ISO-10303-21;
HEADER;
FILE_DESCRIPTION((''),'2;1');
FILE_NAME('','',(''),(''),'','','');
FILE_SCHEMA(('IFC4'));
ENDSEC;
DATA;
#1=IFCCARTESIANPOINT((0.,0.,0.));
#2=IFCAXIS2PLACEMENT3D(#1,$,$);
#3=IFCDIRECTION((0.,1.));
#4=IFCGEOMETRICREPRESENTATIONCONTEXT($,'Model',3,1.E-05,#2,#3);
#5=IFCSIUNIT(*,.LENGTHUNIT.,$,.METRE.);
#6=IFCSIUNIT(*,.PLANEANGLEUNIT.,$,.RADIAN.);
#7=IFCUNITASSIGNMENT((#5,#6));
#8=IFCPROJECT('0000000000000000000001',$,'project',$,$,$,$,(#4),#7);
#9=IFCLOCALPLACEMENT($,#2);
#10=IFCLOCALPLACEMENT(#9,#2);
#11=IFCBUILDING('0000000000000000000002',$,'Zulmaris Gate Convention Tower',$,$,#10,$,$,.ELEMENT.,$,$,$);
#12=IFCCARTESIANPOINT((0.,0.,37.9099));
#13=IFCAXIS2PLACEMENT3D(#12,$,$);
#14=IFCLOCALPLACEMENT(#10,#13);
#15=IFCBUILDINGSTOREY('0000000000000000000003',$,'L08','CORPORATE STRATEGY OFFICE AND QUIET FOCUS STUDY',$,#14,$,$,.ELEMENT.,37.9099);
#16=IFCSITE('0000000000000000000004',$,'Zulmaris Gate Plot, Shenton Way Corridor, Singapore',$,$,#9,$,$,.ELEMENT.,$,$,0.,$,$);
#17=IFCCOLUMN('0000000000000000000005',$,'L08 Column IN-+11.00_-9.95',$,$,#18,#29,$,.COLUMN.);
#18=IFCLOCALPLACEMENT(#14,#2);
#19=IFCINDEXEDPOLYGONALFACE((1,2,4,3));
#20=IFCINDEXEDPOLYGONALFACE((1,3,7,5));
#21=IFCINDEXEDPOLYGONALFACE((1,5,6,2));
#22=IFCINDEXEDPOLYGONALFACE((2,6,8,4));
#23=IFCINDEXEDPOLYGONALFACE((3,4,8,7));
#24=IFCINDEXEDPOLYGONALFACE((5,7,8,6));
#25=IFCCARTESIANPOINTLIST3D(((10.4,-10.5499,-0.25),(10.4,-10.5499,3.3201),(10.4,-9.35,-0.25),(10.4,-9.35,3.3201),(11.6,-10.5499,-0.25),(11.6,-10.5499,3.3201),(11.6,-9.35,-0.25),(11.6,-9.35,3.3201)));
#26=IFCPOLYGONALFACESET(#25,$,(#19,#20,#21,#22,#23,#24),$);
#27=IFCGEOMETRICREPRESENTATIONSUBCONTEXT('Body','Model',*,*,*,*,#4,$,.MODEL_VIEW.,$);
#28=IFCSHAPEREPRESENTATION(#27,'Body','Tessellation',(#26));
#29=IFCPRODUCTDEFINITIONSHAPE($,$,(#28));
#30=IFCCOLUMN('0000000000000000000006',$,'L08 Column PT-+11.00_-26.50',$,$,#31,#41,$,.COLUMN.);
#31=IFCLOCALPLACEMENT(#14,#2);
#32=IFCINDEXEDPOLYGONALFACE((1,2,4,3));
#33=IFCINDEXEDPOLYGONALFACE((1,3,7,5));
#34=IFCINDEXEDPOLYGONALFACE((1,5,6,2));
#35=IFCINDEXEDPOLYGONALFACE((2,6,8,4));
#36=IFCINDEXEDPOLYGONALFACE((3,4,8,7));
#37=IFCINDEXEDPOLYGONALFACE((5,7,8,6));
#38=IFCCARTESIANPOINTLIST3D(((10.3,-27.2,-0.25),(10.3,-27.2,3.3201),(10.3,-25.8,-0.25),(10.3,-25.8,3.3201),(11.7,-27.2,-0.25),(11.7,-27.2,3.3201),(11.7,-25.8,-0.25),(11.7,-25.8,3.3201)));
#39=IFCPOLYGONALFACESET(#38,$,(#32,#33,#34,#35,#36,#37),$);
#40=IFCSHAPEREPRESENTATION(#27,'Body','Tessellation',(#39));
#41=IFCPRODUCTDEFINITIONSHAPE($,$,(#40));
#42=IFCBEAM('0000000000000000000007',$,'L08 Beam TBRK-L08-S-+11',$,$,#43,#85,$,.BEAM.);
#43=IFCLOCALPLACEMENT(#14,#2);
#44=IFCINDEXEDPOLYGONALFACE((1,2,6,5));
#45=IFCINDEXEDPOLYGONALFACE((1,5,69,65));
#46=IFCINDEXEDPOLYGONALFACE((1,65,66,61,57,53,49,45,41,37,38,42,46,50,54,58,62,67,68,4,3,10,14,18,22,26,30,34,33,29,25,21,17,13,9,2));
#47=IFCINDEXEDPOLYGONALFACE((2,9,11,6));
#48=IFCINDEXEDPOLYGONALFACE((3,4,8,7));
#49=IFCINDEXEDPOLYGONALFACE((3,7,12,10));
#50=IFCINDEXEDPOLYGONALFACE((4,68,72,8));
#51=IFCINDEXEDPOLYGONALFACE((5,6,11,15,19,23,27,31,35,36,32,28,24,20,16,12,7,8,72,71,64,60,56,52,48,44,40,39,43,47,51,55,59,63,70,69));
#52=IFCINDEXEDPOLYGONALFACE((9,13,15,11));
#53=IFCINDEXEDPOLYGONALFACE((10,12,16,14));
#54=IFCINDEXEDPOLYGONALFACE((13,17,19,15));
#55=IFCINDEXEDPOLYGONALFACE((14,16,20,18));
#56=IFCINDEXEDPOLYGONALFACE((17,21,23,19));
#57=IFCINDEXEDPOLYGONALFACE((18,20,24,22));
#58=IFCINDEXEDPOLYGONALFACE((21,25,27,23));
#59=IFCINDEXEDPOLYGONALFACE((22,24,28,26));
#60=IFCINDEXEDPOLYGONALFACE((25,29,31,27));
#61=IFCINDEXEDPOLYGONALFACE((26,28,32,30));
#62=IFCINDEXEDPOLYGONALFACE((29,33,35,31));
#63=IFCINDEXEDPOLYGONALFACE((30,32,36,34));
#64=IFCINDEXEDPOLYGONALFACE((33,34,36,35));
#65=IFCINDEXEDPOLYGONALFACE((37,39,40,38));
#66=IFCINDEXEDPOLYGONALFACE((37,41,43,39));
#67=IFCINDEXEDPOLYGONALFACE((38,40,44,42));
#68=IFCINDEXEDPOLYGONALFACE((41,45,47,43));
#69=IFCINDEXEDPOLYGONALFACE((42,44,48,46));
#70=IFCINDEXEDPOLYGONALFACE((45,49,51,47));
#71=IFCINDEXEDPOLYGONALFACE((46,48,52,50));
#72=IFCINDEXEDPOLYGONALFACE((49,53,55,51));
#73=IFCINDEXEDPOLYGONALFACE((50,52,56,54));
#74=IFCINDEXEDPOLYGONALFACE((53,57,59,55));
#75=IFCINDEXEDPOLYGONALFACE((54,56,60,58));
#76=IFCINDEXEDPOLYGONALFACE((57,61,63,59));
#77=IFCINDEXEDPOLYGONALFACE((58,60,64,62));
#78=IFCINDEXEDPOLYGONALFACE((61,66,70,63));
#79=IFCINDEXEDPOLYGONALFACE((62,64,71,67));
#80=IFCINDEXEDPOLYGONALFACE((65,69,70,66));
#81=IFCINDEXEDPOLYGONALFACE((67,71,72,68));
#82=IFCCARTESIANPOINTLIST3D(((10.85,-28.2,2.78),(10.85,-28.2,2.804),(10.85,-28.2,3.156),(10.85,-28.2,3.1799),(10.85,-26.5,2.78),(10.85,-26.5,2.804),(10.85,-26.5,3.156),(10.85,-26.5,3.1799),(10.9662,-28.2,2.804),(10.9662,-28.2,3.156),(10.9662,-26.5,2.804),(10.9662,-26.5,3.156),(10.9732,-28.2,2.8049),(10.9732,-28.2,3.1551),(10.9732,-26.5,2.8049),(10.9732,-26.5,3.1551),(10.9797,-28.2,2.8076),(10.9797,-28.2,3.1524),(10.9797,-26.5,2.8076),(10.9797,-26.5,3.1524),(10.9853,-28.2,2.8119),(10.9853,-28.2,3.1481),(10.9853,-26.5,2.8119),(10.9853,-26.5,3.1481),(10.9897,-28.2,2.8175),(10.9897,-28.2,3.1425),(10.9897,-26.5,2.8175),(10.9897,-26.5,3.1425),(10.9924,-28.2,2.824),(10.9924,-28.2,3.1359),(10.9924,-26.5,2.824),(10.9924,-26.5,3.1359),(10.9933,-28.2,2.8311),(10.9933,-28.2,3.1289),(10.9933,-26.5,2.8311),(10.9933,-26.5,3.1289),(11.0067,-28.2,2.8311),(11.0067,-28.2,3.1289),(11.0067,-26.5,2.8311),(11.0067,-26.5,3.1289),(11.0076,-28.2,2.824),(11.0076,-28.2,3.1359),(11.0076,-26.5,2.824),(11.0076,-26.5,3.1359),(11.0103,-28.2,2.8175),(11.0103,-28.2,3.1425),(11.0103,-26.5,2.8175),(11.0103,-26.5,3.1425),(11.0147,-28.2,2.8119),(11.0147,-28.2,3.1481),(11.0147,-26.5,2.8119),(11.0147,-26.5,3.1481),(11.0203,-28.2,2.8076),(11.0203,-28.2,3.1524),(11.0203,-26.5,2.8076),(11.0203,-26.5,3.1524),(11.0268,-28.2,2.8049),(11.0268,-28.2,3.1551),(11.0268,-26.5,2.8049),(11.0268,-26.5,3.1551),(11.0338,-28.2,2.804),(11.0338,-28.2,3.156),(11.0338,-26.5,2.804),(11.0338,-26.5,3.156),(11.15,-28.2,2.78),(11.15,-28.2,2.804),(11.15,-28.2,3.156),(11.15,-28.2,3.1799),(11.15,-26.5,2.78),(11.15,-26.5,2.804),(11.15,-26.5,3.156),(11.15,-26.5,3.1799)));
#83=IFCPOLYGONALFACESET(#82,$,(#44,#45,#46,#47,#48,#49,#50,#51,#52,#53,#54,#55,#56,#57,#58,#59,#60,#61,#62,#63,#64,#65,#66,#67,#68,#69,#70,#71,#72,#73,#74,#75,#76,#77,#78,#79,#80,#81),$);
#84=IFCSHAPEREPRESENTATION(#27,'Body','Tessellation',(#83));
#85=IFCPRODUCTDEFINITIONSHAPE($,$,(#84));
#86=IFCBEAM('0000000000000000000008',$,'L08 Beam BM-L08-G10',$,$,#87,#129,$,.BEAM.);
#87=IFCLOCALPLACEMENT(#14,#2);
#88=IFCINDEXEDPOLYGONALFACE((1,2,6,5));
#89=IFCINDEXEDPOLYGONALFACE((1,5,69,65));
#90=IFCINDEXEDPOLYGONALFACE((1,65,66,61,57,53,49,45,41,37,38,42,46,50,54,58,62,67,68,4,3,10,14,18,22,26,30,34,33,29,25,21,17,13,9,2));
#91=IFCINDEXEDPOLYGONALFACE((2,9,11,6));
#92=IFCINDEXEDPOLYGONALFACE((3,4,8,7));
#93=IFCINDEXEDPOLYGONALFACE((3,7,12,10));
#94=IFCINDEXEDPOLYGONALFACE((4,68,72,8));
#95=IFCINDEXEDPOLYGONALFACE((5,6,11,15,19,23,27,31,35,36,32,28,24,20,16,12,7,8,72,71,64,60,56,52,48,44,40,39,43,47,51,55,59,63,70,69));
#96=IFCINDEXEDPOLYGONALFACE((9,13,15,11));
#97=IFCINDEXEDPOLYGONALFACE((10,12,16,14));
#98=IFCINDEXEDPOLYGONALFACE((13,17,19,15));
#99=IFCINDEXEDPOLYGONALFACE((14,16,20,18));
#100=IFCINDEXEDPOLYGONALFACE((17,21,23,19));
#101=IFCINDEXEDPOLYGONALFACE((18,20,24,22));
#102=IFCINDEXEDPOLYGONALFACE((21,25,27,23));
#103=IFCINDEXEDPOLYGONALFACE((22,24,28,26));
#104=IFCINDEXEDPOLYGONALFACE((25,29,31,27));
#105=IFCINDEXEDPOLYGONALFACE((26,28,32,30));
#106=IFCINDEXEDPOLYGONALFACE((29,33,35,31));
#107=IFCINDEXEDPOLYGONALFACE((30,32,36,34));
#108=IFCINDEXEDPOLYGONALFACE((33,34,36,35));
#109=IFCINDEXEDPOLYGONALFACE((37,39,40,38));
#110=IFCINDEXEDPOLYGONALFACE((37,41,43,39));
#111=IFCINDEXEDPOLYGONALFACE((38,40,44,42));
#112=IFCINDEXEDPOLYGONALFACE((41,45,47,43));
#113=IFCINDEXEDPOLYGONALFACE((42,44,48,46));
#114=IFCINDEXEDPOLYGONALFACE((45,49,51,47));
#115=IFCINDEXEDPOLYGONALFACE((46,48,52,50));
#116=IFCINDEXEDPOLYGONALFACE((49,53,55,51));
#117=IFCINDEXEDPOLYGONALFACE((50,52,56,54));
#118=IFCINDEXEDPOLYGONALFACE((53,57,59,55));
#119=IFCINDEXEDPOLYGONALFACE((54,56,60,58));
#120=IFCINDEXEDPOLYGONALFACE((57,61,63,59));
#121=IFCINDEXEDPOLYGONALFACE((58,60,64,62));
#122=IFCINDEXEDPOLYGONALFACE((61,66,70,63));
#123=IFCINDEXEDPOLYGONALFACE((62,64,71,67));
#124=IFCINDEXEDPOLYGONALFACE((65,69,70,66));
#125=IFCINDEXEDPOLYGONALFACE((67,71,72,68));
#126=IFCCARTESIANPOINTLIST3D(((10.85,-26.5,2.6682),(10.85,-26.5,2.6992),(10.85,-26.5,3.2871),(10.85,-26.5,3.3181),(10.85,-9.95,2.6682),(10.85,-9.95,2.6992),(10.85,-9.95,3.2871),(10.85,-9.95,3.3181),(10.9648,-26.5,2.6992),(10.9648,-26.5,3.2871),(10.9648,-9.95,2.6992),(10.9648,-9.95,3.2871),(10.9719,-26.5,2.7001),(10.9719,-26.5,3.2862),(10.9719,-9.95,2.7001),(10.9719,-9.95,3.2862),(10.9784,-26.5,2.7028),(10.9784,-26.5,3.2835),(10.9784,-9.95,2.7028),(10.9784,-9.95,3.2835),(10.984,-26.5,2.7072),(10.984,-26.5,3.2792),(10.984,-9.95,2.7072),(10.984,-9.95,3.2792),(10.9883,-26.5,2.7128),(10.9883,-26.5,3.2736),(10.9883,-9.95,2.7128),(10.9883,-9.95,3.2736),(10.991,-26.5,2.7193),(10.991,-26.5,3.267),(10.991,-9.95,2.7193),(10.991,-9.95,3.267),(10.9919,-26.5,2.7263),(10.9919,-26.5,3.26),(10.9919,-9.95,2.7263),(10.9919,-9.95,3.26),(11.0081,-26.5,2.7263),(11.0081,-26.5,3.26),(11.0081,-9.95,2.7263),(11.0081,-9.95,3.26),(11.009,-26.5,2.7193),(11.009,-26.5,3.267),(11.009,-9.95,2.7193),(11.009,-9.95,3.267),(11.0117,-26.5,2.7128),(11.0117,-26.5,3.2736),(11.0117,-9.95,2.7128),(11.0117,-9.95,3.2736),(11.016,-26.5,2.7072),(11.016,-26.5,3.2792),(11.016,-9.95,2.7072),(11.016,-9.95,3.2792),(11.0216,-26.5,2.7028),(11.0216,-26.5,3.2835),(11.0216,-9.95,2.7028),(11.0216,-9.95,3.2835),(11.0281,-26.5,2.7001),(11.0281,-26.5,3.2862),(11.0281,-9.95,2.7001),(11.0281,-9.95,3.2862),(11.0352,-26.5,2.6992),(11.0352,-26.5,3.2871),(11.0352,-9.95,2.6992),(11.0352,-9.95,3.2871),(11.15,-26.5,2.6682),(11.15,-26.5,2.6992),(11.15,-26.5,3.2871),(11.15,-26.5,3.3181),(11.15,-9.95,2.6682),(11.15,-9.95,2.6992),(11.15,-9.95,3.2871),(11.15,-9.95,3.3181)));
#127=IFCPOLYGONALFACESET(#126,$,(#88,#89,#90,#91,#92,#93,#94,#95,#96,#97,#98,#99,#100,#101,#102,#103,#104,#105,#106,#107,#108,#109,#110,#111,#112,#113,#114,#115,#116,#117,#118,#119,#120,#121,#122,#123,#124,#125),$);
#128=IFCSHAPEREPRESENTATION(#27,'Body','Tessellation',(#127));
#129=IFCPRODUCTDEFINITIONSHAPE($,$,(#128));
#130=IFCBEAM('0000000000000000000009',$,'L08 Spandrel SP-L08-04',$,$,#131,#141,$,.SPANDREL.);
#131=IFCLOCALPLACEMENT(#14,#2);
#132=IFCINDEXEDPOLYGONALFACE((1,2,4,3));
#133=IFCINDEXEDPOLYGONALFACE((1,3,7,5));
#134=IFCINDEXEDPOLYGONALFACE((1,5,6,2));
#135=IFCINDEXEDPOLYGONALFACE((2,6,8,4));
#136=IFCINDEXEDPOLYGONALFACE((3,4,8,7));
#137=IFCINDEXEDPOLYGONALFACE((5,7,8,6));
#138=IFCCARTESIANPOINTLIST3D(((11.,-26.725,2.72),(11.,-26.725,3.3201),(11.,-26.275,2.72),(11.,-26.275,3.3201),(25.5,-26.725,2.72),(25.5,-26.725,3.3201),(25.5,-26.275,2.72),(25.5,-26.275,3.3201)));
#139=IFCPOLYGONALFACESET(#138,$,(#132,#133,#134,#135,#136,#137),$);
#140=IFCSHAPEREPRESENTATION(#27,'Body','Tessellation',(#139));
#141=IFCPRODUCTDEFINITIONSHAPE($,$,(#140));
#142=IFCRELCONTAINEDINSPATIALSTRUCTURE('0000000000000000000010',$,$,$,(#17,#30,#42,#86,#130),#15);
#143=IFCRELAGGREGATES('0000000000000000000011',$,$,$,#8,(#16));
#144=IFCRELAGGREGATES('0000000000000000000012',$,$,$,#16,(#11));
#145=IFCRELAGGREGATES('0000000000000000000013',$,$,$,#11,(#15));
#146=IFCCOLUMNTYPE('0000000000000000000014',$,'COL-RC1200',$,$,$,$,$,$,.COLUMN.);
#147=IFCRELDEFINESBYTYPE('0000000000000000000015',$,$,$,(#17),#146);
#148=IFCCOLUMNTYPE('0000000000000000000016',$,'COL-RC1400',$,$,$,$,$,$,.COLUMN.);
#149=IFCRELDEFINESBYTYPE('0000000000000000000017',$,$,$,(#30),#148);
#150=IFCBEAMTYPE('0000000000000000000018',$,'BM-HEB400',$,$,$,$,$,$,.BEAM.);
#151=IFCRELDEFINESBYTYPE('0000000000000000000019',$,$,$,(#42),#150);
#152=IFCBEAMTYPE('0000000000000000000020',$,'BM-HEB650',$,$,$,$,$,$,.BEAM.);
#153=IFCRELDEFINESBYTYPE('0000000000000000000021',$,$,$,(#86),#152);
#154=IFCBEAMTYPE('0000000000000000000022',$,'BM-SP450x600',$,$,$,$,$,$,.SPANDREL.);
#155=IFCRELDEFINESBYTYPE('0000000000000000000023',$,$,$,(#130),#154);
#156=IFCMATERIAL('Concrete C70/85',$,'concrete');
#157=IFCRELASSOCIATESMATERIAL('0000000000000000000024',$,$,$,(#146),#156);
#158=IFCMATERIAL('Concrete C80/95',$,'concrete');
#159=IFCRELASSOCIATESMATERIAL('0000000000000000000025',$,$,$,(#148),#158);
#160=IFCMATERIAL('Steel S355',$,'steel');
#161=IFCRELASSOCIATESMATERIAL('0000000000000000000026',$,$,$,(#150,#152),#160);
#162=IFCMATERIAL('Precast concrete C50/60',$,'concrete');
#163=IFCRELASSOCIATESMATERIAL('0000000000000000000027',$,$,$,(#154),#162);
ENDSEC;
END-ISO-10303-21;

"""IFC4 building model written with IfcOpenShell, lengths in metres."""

from ifc_helpers import new_model, si_unit, direction, frame, origin, origin_2d, place, context, subcontext, project, spatial, rectangle, i_section, extrude, material, material_profile, profile_set, type_object, element, save


model = new_model("IFC4")

# Units and contexts
model_context = context("Model", 3, precision=1e-05, world=origin(), true_north=direction((0.0, 1.0)))
body_context = subcontext(model_context, "Body", "Model", "MODEL_VIEW")
ifc_project = project(units=[si_unit("LENGTHUNIT", "METRE"), si_unit("PLANEANGLEUNIT", "RADIAN")], contexts=[model_context])

# Site, building, storey
site_placement = place(None, origin())
site = spatial("IfcSite", under=ifc_project, at=site_placement, Name="Zulmaris Gate Plot, Shenton Way Corridor, Singapore", CompositionType="ELEMENT", RefElevation=0.0)
building_placement = place(site_placement, origin())
building = spatial("IfcBuilding", under=site, at=building_placement, Name="Zulmaris Gate Convention Tower", CompositionType="ELEMENT")
storey_placement = place(building_placement, frame((0.0, 0.0, 37.9099)))
storey = spatial("IfcBuildingStorey", under=building, at=storey_placement, Name="L08", Description="CORPORATE STRATEGY OFFICE AND QUIET FOCUS STUDY", CompositionType="ELEMENT", Elevation=37.9099)

# Columns
ifc_material_1 = material(Name="Concrete C70/85", Category="concrete")
ifc_material_profile_1 = material_profile(ifc_material_1, rectangle(XDim=1.2, YDim=1.2, at=origin_2d()), Name="RC COL 1200x1200")
ifc_profile_set_1 = profile_set([ifc_material_profile_1], Name="Concrete C70/85")
column_type_1 = type_object("IfcColumnType", Name="COL-RC1200", PredefinedType="COLUMN", material=ifc_profile_set_1)
column_1_placement = place(storey_placement, frame((11.0, -9.95, -0.25), z_axis=(0.0, 0.0, 1.0), x_axis=(1.0, 0.0, 0.0)))
element("IfcColumn", 1, at=column_1_placement, inside=storey, type_object=column_type_1, Name="L08 Column IN-+11.00_-9.95", PredefinedType="COLUMN", context=body_context, shape_type="SweptSolid", body=[
    extrude(rectangle(XDim=1.2, YDim=1.2, at=origin_2d()), origin(), (0.0, 0.0, 1.0), 3.5701),
])
ifc_material_2 = material(Name="Concrete C80/95", Category="concrete")
ifc_material_profile_2 = material_profile(ifc_material_2, rectangle(XDim=1.3999, YDim=1.3999, at=origin_2d()), Name="RC COL 1400x1400")
ifc_profile_set_2 = profile_set([ifc_material_profile_2], Name="Concrete C80/95")
column_type_2 = type_object("IfcColumnType", Name="COL-RC1400", PredefinedType="COLUMN", material=ifc_profile_set_2)
column_2_placement = place(storey_placement, frame((11.0, -26.5, -0.25), z_axis=(0.0, 0.0, 1.0), x_axis=(1.0, 0.0, 0.0)))
element("IfcColumn", 2, at=column_2_placement, inside=storey, type_object=column_type_2, Name="L08 Column PT-+11.00_-26.50", PredefinedType="COLUMN", context=body_context, shape_type="SweptSolid", body=[
    extrude(rectangle(XDim=1.3999, YDim=1.3999, at=origin_2d()), origin(), (0.0, 0.0, 1.0), 3.5701),
])

# Beams
ifc_material_3 = material(Name="Steel S355", Category="steel")
ifc_material_profile_3 = material_profile(ifc_material_3, i_section(OverallWidth=0.3, OverallDepth=0.3999, WebThickness=0.0134, FlangeThickness=0.0239, FilletRadius=0.0271, at=origin_2d()), Name="HEB 400")
ifc_profile_set_3 = profile_set([ifc_material_profile_3], Name="Steel S355")
beam_type_1 = type_object("IfcBeamType", Name="BM-HEB400", PredefinedType="BEAM", material=ifc_profile_set_3)
beam_1_placement = place(storey_placement, frame((11.0, -28.2, 2.98), z_axis=(0.0, 1.0, 0.0), x_axis=(-1.0, 0.0, 0.0)))
element("IfcBeam", 3, at=beam_1_placement, inside=storey, type_object=beam_type_1, Name="L08 Beam TBRK-L08-S-+11", PredefinedType="BEAM", context=body_context, shape_type="SweptSolid", body=[
    extrude(i_section(OverallWidth=0.3, OverallDepth=0.3999, WebThickness=0.0134, FlangeThickness=0.0239, FilletRadius=0.0271, at=origin_2d()), origin(), (0.0, 0.0, 1.0), 1.7),
])
ifc_material_profile_4 = material_profile(ifc_material_3, i_section(OverallWidth=0.3, OverallDepth=0.6499, WebThickness=0.0161, FlangeThickness=0.031, FilletRadius=0.0271, at=origin_2d()), Name="HEB 650")
ifc_profile_set_4 = profile_set([ifc_material_profile_4], Name="Steel S355")
beam_type_2 = type_object("IfcBeamType", Name="BM-HEB650", PredefinedType="BEAM", material=ifc_profile_set_4)
beam_2_placement = place(storey_placement, frame((11.0, -26.5, 2.9932), z_axis=(0.0, 1.0, 0.0), x_axis=(-1.0, 0.0, 0.0)))
element("IfcBeam", 4, at=beam_2_placement, inside=storey, type_object=beam_type_2, Name="L08 Beam BM-L08-G10", PredefinedType="BEAM", context=body_context, shape_type="SweptSolid", body=[
    extrude(i_section(OverallWidth=0.3, OverallDepth=0.6499, WebThickness=0.0161, FlangeThickness=0.031, FilletRadius=0.0271, at=origin_2d()), origin(), (0.0, 0.0, 1.0), 16.55),
])
ifc_material_4 = material(Name="Precast concrete C50/60", Category="concrete")
ifc_material_profile_5 = material_profile(ifc_material_4, rectangle(XDim=0.45, YDim=0.6001, at=origin_2d()), Name="RC SPANDREL 450x600")
ifc_profile_set_5 = profile_set([ifc_material_profile_5], Name="Precast concrete C50/60")
beam_type_3 = type_object("IfcBeamType", Name="BM-SP450x600", PredefinedType="SPANDREL", material=ifc_profile_set_5)
beam_3_placement = place(storey_placement, frame((11.0, -26.5, 3.02), z_axis=(1.0, 0.0, 0.0), x_axis=(0.0, 1.0, 0.0)))
element("IfcBeam", 5, at=beam_3_placement, inside=storey, type_object=beam_type_3, Name="L08 Spandrel SP-L08-04", PredefinedType="SPANDREL", context=body_context, shape_type="SweptSolid", body=[
    extrude(rectangle(XDim=0.45, YDim=0.6001, at=origin_2d()), origin(), (0.0, 0.0, 1.0), 14.5),
])

save(model, "model.ifc")
